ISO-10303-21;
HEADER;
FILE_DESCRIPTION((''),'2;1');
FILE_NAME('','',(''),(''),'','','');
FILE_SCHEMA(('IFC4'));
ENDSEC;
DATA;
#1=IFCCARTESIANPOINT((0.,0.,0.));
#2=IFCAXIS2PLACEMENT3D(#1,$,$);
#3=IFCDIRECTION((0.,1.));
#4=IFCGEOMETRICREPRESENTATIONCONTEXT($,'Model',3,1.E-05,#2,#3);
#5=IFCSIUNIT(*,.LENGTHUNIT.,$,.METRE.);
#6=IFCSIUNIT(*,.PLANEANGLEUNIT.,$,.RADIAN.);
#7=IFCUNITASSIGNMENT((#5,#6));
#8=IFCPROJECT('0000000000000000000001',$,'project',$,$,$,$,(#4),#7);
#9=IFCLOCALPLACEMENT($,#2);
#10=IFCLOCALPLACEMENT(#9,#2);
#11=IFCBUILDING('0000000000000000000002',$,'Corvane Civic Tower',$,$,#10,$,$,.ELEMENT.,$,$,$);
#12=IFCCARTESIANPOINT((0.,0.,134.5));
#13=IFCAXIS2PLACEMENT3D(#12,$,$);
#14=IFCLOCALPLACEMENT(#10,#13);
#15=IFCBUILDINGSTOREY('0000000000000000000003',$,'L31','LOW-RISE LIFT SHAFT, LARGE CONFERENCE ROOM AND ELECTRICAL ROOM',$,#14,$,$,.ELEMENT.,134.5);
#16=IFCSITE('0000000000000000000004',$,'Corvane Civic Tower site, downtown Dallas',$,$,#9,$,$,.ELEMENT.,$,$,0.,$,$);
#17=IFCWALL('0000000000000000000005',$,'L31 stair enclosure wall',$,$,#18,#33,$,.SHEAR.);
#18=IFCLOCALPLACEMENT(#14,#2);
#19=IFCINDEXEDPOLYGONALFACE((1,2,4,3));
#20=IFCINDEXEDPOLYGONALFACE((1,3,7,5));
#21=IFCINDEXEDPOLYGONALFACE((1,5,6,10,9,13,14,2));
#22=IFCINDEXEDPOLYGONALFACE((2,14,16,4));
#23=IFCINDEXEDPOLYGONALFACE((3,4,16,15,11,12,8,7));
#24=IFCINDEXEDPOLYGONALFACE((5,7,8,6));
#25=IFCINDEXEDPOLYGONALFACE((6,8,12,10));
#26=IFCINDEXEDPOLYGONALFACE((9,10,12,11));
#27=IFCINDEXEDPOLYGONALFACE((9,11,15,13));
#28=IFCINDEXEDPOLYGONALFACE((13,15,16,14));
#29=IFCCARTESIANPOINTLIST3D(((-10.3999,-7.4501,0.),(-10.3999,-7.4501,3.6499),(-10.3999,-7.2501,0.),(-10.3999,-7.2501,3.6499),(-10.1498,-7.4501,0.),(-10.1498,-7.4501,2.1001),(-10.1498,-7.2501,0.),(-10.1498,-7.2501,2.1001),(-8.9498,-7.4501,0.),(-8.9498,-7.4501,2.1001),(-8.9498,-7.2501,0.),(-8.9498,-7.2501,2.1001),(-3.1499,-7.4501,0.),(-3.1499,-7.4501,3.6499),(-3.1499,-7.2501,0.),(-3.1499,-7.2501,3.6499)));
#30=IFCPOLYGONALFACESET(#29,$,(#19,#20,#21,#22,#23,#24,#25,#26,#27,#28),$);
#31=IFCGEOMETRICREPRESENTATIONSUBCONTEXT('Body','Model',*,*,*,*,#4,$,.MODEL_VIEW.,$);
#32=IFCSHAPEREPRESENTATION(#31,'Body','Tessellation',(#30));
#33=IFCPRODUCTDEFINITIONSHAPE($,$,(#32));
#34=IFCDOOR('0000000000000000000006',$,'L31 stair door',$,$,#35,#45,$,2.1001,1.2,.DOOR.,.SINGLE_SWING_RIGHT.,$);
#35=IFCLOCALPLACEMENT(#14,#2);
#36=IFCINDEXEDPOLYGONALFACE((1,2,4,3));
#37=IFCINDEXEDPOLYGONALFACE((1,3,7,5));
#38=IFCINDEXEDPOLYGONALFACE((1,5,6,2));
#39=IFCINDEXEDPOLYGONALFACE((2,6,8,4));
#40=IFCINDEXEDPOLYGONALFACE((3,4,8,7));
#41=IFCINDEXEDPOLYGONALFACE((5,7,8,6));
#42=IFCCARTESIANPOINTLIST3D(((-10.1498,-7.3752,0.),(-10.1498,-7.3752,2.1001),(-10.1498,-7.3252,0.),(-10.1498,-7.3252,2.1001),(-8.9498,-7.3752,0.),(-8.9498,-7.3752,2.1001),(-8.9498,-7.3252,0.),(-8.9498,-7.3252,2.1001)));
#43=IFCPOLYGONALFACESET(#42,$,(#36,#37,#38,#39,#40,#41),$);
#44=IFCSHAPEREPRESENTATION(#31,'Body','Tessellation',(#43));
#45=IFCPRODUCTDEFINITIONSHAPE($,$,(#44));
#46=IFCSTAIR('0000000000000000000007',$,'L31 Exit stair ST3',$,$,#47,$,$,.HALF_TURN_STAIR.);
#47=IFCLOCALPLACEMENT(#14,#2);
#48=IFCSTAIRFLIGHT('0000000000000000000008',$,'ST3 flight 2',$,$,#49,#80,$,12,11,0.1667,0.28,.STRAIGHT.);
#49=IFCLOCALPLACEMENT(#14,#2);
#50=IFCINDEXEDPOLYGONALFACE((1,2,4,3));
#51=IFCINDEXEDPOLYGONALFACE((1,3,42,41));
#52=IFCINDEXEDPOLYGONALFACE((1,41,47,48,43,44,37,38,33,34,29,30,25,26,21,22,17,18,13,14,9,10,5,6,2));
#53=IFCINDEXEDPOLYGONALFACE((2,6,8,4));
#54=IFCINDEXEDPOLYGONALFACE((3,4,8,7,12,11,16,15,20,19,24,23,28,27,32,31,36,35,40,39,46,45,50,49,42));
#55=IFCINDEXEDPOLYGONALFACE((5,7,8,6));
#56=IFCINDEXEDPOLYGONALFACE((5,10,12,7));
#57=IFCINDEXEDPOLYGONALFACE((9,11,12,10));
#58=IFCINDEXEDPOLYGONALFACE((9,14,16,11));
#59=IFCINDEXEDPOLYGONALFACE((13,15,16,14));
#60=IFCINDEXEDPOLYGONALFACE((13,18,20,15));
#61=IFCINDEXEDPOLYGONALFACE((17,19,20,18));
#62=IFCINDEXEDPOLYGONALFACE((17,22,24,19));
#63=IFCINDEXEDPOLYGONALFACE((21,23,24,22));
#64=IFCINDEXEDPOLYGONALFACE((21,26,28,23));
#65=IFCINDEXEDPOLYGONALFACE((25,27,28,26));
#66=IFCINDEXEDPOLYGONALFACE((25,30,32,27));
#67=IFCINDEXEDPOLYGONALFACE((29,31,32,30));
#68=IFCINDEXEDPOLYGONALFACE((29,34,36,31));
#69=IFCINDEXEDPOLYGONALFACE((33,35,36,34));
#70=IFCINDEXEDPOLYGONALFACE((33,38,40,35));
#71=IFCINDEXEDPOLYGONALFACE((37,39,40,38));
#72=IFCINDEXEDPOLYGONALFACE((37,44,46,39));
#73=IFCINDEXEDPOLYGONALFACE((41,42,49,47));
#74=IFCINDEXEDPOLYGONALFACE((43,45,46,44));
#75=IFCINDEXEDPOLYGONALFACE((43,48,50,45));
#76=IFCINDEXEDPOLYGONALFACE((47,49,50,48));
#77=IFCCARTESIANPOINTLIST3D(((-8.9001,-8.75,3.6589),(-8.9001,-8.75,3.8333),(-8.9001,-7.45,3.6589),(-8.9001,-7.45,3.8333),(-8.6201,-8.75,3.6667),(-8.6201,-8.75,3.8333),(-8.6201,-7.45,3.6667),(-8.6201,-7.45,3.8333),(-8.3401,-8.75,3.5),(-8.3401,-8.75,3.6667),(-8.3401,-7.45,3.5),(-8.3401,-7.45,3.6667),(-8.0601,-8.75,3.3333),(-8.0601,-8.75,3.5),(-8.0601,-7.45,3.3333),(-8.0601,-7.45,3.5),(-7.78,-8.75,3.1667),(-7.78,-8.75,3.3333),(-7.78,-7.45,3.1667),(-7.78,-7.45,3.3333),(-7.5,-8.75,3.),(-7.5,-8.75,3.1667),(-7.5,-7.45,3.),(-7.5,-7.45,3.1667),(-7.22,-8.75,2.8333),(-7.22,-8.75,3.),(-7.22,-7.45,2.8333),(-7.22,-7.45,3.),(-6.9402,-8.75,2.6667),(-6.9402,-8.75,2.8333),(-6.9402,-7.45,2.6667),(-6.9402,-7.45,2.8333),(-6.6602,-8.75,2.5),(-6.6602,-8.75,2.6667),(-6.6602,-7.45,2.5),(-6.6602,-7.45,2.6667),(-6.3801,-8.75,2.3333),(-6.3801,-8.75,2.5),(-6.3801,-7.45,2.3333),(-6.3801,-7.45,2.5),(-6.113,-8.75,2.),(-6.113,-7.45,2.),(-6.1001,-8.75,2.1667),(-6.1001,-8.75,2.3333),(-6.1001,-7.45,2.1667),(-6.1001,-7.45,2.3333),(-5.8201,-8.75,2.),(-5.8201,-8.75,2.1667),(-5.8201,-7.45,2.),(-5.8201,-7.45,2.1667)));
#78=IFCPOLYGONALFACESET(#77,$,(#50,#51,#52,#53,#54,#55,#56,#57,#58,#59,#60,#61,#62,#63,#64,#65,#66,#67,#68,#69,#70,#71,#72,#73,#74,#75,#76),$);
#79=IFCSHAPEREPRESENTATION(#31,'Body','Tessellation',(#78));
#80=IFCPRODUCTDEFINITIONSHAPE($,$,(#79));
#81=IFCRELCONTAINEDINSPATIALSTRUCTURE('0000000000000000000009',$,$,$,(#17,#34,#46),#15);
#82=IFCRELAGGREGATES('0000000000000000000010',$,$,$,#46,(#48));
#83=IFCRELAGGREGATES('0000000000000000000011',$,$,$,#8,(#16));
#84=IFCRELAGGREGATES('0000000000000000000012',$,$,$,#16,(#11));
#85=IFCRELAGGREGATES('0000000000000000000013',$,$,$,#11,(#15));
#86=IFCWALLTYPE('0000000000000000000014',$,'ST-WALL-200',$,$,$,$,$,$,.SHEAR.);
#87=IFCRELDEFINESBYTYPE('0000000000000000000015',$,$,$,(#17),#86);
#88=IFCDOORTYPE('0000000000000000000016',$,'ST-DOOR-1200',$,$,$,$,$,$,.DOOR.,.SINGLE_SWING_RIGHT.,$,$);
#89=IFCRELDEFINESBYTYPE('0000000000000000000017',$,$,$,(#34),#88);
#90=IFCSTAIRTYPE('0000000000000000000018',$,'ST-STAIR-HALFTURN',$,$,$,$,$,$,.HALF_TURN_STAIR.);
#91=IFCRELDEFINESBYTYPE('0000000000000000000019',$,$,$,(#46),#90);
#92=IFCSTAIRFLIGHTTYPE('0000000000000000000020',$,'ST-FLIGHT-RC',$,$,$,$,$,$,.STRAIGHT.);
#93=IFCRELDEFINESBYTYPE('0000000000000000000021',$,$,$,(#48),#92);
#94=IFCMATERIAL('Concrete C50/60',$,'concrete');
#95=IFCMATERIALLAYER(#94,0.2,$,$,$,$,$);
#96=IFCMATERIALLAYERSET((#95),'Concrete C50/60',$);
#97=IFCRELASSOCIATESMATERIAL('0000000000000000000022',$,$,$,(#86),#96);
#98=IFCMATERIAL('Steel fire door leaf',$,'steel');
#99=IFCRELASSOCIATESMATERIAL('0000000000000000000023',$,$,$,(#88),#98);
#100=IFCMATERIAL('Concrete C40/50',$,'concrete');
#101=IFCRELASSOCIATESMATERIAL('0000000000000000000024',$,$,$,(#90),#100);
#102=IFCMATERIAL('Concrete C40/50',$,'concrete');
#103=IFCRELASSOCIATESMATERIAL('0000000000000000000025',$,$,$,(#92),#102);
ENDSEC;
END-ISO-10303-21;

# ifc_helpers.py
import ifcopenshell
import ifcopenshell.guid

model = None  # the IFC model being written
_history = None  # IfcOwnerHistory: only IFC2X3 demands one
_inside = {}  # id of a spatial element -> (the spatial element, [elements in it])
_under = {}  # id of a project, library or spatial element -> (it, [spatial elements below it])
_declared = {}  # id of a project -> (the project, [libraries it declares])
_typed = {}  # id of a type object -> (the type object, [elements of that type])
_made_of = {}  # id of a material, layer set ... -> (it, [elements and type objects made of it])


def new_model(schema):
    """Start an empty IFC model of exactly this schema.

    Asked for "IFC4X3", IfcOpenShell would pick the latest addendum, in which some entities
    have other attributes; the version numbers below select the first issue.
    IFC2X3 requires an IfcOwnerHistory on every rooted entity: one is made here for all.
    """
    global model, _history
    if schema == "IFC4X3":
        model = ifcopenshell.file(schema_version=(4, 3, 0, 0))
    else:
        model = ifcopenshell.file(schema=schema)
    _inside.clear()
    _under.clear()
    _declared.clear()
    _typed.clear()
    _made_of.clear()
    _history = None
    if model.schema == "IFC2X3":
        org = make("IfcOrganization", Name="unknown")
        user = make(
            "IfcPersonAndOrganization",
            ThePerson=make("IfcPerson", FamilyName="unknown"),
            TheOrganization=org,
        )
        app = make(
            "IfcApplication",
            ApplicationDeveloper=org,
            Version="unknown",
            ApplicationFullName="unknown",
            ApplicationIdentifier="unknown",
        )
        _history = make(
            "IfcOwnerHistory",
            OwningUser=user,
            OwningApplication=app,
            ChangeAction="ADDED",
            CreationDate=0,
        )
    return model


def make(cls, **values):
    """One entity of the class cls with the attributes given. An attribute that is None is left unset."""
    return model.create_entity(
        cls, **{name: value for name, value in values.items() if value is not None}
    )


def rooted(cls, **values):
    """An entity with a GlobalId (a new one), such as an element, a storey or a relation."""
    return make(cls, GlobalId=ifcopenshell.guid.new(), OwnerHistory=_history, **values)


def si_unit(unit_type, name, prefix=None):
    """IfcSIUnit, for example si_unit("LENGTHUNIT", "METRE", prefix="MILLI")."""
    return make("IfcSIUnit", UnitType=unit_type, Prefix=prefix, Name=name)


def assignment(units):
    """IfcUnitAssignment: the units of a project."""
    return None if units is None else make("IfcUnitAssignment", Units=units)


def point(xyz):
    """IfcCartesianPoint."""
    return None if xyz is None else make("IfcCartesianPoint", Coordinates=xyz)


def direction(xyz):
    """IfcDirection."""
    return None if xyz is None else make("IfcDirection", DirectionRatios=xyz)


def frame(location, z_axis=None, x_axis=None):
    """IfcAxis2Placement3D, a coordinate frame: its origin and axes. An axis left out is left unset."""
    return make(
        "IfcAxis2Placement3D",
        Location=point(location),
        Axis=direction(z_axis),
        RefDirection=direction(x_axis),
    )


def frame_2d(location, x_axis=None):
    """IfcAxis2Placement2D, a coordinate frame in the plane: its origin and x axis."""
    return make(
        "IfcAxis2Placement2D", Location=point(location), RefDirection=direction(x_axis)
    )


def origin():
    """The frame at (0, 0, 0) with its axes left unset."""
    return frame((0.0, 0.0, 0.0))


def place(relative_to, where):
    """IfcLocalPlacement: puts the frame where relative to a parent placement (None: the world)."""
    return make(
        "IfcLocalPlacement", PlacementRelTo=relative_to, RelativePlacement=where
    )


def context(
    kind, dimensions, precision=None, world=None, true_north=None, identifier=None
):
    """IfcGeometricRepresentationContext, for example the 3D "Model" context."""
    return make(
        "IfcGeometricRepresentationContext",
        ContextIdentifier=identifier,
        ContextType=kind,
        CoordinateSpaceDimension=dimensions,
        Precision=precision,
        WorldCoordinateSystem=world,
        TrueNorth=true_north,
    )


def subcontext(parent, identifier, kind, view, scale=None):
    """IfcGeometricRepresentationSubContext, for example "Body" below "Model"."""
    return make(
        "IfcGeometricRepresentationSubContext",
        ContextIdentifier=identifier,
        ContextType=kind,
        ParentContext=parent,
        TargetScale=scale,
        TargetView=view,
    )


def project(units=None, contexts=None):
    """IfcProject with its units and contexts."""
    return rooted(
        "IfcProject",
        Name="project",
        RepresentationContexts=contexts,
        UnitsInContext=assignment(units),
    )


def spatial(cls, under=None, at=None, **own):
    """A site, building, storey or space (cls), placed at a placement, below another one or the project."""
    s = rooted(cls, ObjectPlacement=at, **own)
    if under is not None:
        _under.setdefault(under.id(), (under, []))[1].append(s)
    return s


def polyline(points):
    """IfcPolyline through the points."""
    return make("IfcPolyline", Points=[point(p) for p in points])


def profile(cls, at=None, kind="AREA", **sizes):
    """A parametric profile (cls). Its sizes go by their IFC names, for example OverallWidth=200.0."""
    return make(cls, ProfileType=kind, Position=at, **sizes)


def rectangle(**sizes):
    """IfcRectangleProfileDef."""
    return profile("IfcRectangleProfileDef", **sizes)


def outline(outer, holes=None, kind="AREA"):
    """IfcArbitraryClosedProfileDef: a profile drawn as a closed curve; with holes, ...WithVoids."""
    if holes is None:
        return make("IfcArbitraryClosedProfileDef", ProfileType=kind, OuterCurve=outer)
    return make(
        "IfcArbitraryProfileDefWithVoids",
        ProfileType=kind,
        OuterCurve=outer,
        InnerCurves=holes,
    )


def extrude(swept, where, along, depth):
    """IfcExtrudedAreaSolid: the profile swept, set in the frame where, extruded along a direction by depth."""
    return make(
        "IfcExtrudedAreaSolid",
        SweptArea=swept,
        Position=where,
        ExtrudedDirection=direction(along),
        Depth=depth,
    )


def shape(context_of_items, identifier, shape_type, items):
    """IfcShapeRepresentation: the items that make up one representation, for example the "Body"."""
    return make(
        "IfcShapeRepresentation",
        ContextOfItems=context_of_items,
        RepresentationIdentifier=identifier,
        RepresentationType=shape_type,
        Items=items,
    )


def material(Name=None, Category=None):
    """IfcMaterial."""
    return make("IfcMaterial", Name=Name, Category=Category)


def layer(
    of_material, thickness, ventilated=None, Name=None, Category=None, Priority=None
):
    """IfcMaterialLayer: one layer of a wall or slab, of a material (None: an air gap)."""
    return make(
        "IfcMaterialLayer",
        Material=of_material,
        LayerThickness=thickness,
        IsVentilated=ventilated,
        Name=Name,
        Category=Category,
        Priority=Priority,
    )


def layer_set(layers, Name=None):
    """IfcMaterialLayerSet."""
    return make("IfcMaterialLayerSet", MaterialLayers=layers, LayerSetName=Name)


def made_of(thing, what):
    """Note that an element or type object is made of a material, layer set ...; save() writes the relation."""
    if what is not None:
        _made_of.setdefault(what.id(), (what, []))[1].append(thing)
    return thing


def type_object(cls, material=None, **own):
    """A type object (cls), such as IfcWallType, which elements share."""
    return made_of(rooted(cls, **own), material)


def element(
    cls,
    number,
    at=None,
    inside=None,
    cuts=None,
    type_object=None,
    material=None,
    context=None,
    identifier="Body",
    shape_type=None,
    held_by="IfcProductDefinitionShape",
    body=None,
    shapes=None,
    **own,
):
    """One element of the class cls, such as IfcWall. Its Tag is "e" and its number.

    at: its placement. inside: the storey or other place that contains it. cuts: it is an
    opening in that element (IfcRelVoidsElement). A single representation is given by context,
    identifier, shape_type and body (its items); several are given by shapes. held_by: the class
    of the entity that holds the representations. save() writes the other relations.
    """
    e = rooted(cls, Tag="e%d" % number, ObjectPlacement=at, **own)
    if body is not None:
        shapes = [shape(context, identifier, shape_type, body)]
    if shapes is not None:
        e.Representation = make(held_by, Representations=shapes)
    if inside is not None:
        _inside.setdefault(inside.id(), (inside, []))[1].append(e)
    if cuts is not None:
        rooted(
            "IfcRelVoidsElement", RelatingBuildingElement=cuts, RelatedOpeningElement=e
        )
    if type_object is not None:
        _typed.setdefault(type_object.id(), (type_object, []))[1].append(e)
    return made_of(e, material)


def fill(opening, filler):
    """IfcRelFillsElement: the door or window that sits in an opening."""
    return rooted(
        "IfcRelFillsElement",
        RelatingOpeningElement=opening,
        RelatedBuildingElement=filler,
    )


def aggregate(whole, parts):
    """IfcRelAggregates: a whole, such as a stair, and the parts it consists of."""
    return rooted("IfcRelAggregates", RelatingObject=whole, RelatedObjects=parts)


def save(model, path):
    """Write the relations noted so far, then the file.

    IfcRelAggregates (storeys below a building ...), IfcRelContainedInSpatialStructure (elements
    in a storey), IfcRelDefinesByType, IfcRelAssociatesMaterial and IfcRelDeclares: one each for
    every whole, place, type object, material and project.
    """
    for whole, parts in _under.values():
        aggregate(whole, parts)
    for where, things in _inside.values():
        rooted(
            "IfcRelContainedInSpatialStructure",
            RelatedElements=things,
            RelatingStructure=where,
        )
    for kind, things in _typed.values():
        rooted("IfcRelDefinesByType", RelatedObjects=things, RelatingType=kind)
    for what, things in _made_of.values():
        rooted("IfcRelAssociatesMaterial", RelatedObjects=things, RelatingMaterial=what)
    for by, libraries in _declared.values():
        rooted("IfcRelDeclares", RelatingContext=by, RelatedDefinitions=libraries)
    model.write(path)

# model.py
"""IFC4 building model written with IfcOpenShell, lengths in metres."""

from ifc_helpers import new_model, si_unit, direction, frame, frame_2d, origin, place, context, subcontext, project, spatial, polyline, rectangle, outline, extrude, material, layer, layer_set, type_object, element, fill, aggregate, save


model = new_model("IFC4")

# Units and contexts
model_context = context("Model", 3, precision=1e-05, world=origin(), true_north=direction((0.0, 1.0)))
body_context = subcontext(model_context, "Body", "Model", "MODEL_VIEW")
ifc_project = project(units=[si_unit("LENGTHUNIT", "METRE"), si_unit("PLANEANGLEUNIT", "RADIAN")], contexts=[model_context])

# Site, building, storey
site_placement = place(None, origin())
site = spatial("IfcSite", under=ifc_project, at=site_placement, Name="Corvane Civic Tower site, downtown Dallas", CompositionType="ELEMENT", RefElevation=0.0)
building_placement = place(site_placement, origin())
building = spatial("IfcBuilding", under=site, at=building_placement, Name="Corvane Civic Tower", CompositionType="ELEMENT")
storey_placement = place(building_placement, frame((0.0, 0.0, 134.5)))
storey = spatial("IfcBuildingStorey", under=building, at=storey_placement, Name="L31", Description="LOW-RISE LIFT SHAFT, LARGE CONFERENCE ROOM AND ELECTRICAL ROOM", CompositionType="ELEMENT", Elevation=134.5)

# Wall, opening, door
ifc_material_1 = material(Name="Concrete C50/60", Category="concrete")
ifc_layer_1 = layer(ifc_material_1, 0.2)
ifc_layer_set_1 = layer_set([ifc_layer_1], Name="Concrete C50/60")
wall_type_1 = type_object("IfcWallType", Name="ST-WALL-200", PredefinedType="SHEAR", material=ifc_layer_set_1)
wall_1_placement = place(storey_placement, frame((-10.3999, -7.3501, 0.0), z_axis=(0.0, 0.0, 1.0), x_axis=(1.0, 0.0, 0.0)))
wall_1 = element("IfcWall", 1, at=wall_1_placement, inside=storey, type_object=wall_type_1, Name="L31 stair enclosure wall", PredefinedType="SHEAR", context=body_context, shape_type="SweptSolid", body=[
    extrude(rectangle(XDim=7.25, YDim=0.2, at=frame_2d((3.625, 0.0))), origin(), (0.0, 0.0, 1.0), 3.6499),
])
opening_1_placement = place(wall_1_placement, frame((0.25, 0.0, 0.0)))
opening_1 = element("IfcOpeningElement", 2, at=opening_1_placement, cuts=wall_1, PredefinedType="OPENING", context=body_context, shape_type="SweptSolid", body=[
    extrude(rectangle(XDim=1.2, YDim=2.1001, at=frame_2d((0.6001, 1.05))), frame((0.0, 0.1099, 0.0), z_axis=(0.0, -1.0, 0.0), x_axis=(1.0, 0.0, 0.0)), (0.0, 0.0, 1.0), 0.22),
])
ifc_material_2 = material(Name="Steel fire door leaf", Category="steel")
door_type_1 = type_object("IfcDoorType", Name="ST-DOOR-1200", OperationType="SINGLE_SWING_RIGHT", PredefinedType="DOOR", material=ifc_material_2)
door_1_placement = place(opening_1_placement, origin())
door_1 = element("IfcDoor", 3, at=door_1_placement, inside=storey, type_object=door_type_1, Name="L31 stair door", OperationType="SINGLE_SWING_RIGHT", OverallHeight=2.1001, OverallWidth=1.2, PredefinedType="DOOR", context=body_context, shape_type="SweptSolid", body=[
    extrude(rectangle(XDim=1.2, YDim=2.1001, at=frame_2d((0.6001, 1.05))), frame((0.0, 0.0249, 0.0), z_axis=(0.0, -1.0, 0.0), x_axis=(1.0, 0.0, 0.0)), (0.0, 0.0, 1.0), 0.05),
])
fill(opening_1, door_1)

# Stair, stair flight
ifc_material_3 = material(Name="Concrete C40/50", Category="concrete")
stair_type = type_object("IfcStairType", Name="ST-STAIR-HALFTURN", PredefinedType="HALF_TURN_STAIR", material=ifc_material_3)
stair_placement = place(storey_placement, origin())
stair = element("IfcStair", 4, at=stair_placement, inside=storey, type_object=stair_type, Name="L31 Exit stair ST3", PredefinedType="HALF_TURN_STAIR")
ifc_material_4 = material(Name="Concrete C40/50", Category="concrete")
stair_flight_type = type_object("IfcStairFlightType", Name="ST-FLIGHT-RC", PredefinedType="STRAIGHT", material=ifc_material_4)
stair_flight_placement = place(storey_placement, frame((-5.8201, -8.1001, 2.0), z_axis=(0.0, 0.0, 1.0), x_axis=(-1.0, 0.0, 0.0)))
stair_flight = element("IfcStairFlight", 5, at=stair_flight_placement, type_object=stair_flight_type, Name="ST3 flight 2", NumberOfRisers=12, NumberOfTreads=11, PredefinedType="STRAIGHT", RiserHeight=0.1667, TreadLength=0.28, context=body_context, shape_type="SweptSolid", body=[
    extrude(outline(polyline([(0.0, 0.0), (0.0, 0.1667), (0.28, 0.1667), (0.28, 0.3333), (0.5601, 0.3333), (0.5601, 0.5), (0.8401, 0.5), (0.8401, 0.6667), (1.1201, 0.6667), (1.1201, 0.8333), (1.3999, 0.8333), (1.3999, 1.0), (1.6799, 1.0), (1.6799, 1.1667), (1.96, 1.1667), (1.96, 1.3333), (2.24, 1.3333), (2.24, 1.5), (2.52, 1.5), (2.52, 1.6667), (2.8, 1.6667), (2.8, 1.8333), (3.0801, 1.8333), (3.0801, 2.0), (3.0801, 1.6589), (0.293, 0.0), (0.0, 0.0)])), frame((0.0, 0.6499, 0.0), z_axis=(0.0, -1.0, 0.0), x_axis=(1.0, 0.0, 0.0)), (0.0, 0.0, 1.0), 1.3),
])
aggregate(stair, [stair_flight])

save(model, "model.ifc")
